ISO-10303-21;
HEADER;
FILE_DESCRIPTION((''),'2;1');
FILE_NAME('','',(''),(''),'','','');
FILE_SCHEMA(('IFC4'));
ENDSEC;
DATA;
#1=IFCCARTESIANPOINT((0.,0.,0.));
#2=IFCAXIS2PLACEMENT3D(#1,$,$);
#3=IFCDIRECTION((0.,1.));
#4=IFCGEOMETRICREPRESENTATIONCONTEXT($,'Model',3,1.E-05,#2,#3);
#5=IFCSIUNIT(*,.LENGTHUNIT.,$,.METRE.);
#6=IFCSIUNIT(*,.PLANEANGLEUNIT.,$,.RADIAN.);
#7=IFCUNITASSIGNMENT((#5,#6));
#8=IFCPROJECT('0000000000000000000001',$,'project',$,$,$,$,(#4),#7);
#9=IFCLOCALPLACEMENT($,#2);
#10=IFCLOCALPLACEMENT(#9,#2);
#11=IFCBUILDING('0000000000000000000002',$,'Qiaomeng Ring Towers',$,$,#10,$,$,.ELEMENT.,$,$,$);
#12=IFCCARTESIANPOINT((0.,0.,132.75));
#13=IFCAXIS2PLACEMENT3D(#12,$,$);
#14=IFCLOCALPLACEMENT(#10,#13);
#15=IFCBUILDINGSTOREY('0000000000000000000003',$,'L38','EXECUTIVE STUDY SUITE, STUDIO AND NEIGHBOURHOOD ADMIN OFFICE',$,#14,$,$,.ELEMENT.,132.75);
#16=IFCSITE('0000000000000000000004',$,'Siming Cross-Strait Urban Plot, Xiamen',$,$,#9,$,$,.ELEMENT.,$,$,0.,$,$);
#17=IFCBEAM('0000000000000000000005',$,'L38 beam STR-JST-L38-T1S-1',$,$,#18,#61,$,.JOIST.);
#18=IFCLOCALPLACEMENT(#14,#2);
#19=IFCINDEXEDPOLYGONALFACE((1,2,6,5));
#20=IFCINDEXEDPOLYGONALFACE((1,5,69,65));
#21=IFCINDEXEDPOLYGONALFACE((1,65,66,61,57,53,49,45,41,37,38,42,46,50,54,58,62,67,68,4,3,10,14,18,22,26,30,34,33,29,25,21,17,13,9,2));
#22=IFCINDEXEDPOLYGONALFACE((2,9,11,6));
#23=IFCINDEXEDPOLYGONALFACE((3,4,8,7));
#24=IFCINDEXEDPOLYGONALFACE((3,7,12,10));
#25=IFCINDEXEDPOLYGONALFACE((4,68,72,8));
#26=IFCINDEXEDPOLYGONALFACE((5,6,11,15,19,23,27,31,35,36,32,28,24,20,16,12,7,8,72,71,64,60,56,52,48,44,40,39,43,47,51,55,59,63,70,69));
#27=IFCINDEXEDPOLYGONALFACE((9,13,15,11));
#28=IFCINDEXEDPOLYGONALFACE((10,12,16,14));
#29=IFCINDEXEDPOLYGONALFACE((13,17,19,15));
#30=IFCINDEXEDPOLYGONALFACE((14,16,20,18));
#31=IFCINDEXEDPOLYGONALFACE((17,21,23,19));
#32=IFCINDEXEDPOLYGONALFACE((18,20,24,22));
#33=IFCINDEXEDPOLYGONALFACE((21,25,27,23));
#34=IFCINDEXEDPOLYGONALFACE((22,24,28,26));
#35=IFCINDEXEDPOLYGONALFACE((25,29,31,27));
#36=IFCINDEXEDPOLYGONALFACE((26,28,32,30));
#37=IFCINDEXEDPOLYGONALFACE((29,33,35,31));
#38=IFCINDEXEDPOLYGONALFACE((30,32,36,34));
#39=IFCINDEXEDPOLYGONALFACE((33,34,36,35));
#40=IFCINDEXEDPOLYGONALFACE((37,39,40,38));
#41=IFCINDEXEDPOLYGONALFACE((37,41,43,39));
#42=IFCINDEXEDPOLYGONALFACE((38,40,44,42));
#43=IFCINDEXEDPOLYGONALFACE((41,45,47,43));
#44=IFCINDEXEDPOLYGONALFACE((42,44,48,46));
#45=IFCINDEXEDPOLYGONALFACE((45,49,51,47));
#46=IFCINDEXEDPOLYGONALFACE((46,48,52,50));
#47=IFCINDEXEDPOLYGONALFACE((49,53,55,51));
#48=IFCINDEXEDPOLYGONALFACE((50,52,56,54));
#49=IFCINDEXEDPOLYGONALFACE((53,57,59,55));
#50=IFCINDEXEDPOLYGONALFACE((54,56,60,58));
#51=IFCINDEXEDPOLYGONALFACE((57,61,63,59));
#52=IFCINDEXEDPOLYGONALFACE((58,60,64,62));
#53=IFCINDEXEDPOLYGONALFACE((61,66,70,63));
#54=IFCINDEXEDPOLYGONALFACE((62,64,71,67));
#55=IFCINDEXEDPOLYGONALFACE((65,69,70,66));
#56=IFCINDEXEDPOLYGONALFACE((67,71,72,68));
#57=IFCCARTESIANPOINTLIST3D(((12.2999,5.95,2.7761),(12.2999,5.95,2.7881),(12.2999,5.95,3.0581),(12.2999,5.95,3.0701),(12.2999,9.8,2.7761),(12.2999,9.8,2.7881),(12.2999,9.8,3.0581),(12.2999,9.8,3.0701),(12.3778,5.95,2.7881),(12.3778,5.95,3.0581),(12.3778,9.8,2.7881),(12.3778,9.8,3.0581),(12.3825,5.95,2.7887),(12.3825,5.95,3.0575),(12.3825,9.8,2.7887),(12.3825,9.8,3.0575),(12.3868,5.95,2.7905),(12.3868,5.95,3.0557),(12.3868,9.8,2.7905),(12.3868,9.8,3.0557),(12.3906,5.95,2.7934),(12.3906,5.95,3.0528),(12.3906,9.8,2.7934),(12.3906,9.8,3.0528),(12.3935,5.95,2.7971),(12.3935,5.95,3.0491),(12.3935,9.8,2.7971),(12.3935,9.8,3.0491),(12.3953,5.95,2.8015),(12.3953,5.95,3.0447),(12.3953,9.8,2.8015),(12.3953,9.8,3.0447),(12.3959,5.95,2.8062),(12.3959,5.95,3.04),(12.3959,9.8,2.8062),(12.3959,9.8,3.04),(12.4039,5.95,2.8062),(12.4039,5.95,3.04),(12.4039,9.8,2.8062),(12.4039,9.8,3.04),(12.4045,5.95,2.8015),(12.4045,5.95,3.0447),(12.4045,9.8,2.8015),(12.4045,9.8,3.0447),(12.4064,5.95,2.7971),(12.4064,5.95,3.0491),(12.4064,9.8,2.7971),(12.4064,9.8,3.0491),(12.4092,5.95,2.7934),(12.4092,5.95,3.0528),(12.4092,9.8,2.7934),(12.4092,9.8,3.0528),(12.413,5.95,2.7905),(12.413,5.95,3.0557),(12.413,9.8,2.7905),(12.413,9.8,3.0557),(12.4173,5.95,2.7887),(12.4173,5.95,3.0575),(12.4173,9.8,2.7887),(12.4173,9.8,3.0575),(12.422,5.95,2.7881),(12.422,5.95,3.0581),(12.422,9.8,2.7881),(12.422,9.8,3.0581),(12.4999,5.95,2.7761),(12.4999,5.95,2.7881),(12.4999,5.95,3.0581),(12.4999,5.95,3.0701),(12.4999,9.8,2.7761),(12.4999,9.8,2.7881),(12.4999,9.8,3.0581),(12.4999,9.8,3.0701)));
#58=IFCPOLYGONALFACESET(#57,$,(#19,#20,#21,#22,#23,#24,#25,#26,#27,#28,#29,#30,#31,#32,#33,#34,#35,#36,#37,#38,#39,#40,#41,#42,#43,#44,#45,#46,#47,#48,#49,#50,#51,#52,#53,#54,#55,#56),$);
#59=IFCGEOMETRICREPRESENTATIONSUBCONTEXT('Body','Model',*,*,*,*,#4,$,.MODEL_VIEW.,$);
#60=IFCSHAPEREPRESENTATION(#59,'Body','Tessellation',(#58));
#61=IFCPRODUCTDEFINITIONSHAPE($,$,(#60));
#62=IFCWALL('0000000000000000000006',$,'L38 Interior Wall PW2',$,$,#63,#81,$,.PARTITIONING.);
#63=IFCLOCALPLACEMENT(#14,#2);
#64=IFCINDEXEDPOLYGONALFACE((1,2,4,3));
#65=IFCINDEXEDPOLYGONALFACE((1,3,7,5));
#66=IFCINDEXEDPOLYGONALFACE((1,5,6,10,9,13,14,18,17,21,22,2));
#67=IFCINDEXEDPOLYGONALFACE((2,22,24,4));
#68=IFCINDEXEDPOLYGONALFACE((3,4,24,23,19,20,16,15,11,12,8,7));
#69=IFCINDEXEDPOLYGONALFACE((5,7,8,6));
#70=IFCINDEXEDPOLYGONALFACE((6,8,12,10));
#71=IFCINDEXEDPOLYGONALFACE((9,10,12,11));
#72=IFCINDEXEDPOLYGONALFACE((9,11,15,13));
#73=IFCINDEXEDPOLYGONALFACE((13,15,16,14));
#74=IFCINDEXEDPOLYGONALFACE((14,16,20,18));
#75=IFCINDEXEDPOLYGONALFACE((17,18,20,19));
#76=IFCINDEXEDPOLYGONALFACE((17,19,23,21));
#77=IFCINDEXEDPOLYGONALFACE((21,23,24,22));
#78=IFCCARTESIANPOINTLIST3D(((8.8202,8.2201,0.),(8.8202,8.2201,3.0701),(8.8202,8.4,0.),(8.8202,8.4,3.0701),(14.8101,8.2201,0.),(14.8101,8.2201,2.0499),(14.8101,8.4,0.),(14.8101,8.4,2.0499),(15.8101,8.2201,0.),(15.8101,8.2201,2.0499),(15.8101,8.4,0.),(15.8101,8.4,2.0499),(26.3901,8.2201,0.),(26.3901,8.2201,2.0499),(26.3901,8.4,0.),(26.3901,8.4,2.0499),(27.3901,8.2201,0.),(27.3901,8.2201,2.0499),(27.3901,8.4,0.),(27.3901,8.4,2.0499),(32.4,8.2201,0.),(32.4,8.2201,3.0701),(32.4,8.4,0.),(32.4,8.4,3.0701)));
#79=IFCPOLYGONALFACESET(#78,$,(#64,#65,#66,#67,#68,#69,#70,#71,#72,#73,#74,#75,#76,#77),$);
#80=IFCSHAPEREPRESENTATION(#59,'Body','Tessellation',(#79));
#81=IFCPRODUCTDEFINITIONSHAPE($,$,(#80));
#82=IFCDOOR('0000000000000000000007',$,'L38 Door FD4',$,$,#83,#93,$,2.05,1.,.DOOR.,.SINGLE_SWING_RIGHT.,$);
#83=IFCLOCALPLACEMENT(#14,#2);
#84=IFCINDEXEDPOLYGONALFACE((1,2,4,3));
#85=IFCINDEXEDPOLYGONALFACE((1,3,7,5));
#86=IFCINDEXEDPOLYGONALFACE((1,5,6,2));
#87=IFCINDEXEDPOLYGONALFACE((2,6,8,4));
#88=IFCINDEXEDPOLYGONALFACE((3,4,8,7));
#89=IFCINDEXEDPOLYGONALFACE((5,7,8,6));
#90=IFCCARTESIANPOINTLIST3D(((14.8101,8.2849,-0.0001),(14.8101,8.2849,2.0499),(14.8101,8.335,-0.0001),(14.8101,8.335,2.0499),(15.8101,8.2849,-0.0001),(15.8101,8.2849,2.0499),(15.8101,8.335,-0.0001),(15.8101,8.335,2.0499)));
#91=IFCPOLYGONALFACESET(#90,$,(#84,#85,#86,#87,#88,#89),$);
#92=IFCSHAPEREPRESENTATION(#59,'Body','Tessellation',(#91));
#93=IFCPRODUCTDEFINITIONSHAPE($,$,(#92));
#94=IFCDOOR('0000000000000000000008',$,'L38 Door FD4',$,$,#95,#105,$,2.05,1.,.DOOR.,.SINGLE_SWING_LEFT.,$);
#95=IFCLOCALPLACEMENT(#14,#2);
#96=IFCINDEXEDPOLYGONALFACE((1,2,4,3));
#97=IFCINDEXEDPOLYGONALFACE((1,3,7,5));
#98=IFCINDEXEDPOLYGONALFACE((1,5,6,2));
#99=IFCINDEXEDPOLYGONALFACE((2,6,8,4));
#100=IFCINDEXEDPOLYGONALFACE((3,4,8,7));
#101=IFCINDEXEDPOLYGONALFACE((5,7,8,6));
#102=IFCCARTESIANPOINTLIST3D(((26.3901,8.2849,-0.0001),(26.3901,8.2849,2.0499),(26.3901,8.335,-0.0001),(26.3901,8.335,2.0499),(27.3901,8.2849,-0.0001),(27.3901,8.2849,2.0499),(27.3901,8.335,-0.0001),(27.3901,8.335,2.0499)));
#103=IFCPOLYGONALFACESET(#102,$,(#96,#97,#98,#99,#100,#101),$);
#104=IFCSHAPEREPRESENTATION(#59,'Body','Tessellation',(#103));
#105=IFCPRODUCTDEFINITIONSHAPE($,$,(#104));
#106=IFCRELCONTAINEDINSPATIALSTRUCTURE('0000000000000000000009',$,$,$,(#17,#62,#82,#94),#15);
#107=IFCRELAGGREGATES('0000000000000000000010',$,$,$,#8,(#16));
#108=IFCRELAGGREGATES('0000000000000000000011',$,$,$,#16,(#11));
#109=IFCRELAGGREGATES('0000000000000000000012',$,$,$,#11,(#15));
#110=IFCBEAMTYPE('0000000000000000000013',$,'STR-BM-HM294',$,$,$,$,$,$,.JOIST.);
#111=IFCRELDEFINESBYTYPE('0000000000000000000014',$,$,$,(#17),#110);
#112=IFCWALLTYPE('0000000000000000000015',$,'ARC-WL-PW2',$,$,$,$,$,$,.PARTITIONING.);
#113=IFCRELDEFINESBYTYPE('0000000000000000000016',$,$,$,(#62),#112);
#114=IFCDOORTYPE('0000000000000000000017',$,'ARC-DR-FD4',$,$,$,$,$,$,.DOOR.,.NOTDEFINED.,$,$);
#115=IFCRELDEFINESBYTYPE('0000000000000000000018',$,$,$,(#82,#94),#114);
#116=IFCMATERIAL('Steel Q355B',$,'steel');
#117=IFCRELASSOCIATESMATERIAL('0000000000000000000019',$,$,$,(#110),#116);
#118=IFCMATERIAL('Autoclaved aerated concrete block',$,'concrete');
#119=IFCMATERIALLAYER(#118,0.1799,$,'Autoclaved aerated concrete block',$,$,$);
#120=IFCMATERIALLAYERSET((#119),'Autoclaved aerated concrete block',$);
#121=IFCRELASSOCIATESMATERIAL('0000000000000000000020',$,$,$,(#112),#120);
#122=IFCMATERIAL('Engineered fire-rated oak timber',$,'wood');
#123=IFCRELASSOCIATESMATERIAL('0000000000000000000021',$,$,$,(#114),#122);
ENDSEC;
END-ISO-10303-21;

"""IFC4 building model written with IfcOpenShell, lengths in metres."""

from ifc_helpers import new_model, si_unit, direction, frame, frame_2d, origin, origin_2d, place, context, subcontext, project, spatial, rectangle, i_section, extrude, source, transform, mapped, material, layer, layer_set, material_profile, profile_set, type_object, element, fill, save


model = new_model("IFC4")

# Units and contexts
model_context = context("Model", 3, precision=1e-05, world=origin(), true_north=direction((0.0, 1.0)))
body_context = subcontext(model_context, "Body", "Model", "MODEL_VIEW")
ifc_project = project(units=[si_unit("LENGTHUNIT", "METRE"), si_unit("PLANEANGLEUNIT", "RADIAN")], contexts=[model_context])

# Site, building, storey
site_placement = place(None, origin())
site = spatial("IfcSite", under=ifc_project, at=site_placement, Name="Siming Cross-Strait Urban Plot, Xiamen", CompositionType="ELEMENT", RefElevation=0.0)
building_placement = place(site_placement, origin())
building = spatial("IfcBuilding", under=site, at=building_placement, Name="Qiaomeng Ring Towers", CompositionType="ELEMENT")
storey_placement = place(building_placement, frame((0.0, 0.0, 132.75)))
storey = spatial("IfcBuildingStorey", under=building, at=storey_placement, Name="L38", Description="EXECUTIVE STUDY SUITE, STUDIO AND NEIGHBOURHOOD ADMIN OFFICE", CompositionType="ELEMENT", Elevation=132.75)

# Beam
ifc_material_1 = material(Name="Steel Q355B", Category="steel")
ifc_material_profile = material_profile(ifc_material_1, i_section(OverallWidth=0.2, OverallDepth=0.2939, WebThickness=0.0081, FlangeThickness=0.012, FilletRadius=0.0181, at=origin_2d()), Name="HM 294x200x8x12")
ifc_profile_set = profile_set([ifc_material_profile], Name="Steel Q355B")
beam_type = type_object("IfcBeamType", Name="STR-BM-HM294", PredefinedType="JOIST", material=ifc_profile_set)
shared_shape_1 = source(origin(), body_context, "Body", "SweptSolid", [
    extrude(i_section(OverallWidth=0.2, OverallDepth=0.2939, WebThickness=0.0081, FlangeThickness=0.012, FilletRadius=0.0181, at=origin_2d()), origin(), (0.0, 0.0, 1.0), 3.8501),
])
beam_placement = place(storey_placement, frame((12.3999, 5.95, 2.9231), z_axis=(0.0, 1.0, 0.0), x_axis=(-1.0, 0.0, 0.0)))
element("IfcBeam", 1, at=beam_placement, inside=storey, type_object=beam_type, Name="L38 beam STR-JST-L38-T1S-1", PredefinedType="JOIST", context=body_context, shape_type="MappedRepresentation", body=[
    mapped(shared_shape_1, transform((0.0, 0.0, 0.0), x_axis=(1.0, 0.0, 0.0), y_axis=(0.0, 1.0, 0.0), z_axis=(0.0, 0.0, 1.0), scale=1.0)),
])

# Wall, openings, doors
ifc_material_2 = material(Name="Autoclaved aerated concrete block", Category="concrete")
ifc_layer_1 = layer(ifc_material_2, 0.1799, Name="Autoclaved aerated concrete block")
ifc_layer_set_1 = layer_set([ifc_layer_1], Name="Autoclaved aerated concrete block")
wall_type_1 = type_object("IfcWallType", Name="ARC-WL-PW2", PredefinedType="PARTITIONING", material=ifc_layer_set_1)
wall_1_placement = place(storey_placement, frame((8.8201, 8.3101, 0.0), z_axis=(0.0, 0.0, 1.0), x_axis=(1.0, 0.0, 0.0)))
wall_1 = element("IfcWall", 2, at=wall_1_placement, inside=storey, type_object=wall_type_1, Name="L38 Interior Wall PW2", PredefinedType="PARTITIONING", context=body_context, shape_type="SweptSolid", body=[
    extrude(rectangle(XDim=23.5798, YDim=0.1799, at=frame_2d((11.79, 0.0))), origin(), (0.0, 0.0, 1.0), 3.0701),
])
opening_1_placement = place(wall_1_placement, frame((5.99, 0.0, 0.0)))
opening_1 = element("IfcOpeningElement", 3, at=opening_1_placement, cuts=wall_1, PredefinedType="OPENING", context=body_context, shape_type="SweptSolid", body=[
    extrude(rectangle(XDim=1.0, YDim=2.05, at=frame_2d((0.5, 1.0249))), frame((0.0, 0.0999, 0.0), z_axis=(0.0, -1.0, 0.0), x_axis=(1.0, 0.0, 0.0)), (0.0, 0.0, 1.0), 0.2),
])
opening_2_placement = place(wall_1_placement, frame((17.5701, 0.0, 0.0)))
opening_2 = element("IfcOpeningElement", 4, at=opening_2_placement, cuts=wall_1, PredefinedType="OPENING", context=body_context, shape_type="SweptSolid", body=[
    extrude(rectangle(XDim=1.0, YDim=2.05, at=frame_2d((0.5, 1.0249))), frame((0.0, 0.0999, 0.0), z_axis=(0.0, -1.0, 0.0), x_axis=(1.0, 0.0, 0.0)), (0.0, 0.0, 1.0), 0.2),
])
ifc_material_3 = material(Name="Engineered fire-rated oak timber", Category="wood")
door_type_1 = type_object("IfcDoorType", Name="ARC-DR-FD4", OperationType="NOTDEFINED", PredefinedType="DOOR", material=ifc_material_3)
shared_shape_2 = source(origin(), body_context, "Body", "SweptSolid", [
    extrude(rectangle(XDim=1.0, YDim=2.05, at=frame_2d((0.5, 1.0249))), frame((0.0, 0.0249, 0.0), z_axis=(0.0, -1.0, 0.0), x_axis=(1.0, 0.0, 0.0)), (0.0, 0.0, 1.0), 0.05),
])
door_1_placement = place(opening_1_placement, origin())
door_1 = element("IfcDoor", 5, at=door_1_placement, inside=storey, type_object=door_type_1, Name="L38 Door FD4", OperationType="SINGLE_SWING_RIGHT", OverallHeight=2.05, OverallWidth=1.0, PredefinedType="DOOR", context=body_context, shape_type="MappedRepresentation", body=[
    mapped(shared_shape_2, transform((0.0, 0.0, 0.0), x_axis=(1.0, 0.0, 0.0), y_axis=(0.0, 1.0, 0.0), z_axis=(0.0, 0.0, 1.0), scale=1.0)),
])
fill(opening_1, door_1)
door_2_placement = place(opening_2_placement, origin())
door_2 = element("IfcDoor", 6, at=door_2_placement, inside=storey, type_object=door_type_1, Name="L38 Door FD4", OperationType="SINGLE_SWING_LEFT", OverallHeight=2.05, OverallWidth=1.0, PredefinedType="DOOR", context=body_context, shape_type="MappedRepresentation", body=[
    mapped(shared_shape_2, transform((0.0, 0.0, 0.0), x_axis=(1.0, 0.0, 0.0), y_axis=(0.0, 1.0, 0.0), z_axis=(0.0, 0.0, 1.0), scale=1.0)),
])
fill(opening_2, door_2)

save(model, "model.ifc")
